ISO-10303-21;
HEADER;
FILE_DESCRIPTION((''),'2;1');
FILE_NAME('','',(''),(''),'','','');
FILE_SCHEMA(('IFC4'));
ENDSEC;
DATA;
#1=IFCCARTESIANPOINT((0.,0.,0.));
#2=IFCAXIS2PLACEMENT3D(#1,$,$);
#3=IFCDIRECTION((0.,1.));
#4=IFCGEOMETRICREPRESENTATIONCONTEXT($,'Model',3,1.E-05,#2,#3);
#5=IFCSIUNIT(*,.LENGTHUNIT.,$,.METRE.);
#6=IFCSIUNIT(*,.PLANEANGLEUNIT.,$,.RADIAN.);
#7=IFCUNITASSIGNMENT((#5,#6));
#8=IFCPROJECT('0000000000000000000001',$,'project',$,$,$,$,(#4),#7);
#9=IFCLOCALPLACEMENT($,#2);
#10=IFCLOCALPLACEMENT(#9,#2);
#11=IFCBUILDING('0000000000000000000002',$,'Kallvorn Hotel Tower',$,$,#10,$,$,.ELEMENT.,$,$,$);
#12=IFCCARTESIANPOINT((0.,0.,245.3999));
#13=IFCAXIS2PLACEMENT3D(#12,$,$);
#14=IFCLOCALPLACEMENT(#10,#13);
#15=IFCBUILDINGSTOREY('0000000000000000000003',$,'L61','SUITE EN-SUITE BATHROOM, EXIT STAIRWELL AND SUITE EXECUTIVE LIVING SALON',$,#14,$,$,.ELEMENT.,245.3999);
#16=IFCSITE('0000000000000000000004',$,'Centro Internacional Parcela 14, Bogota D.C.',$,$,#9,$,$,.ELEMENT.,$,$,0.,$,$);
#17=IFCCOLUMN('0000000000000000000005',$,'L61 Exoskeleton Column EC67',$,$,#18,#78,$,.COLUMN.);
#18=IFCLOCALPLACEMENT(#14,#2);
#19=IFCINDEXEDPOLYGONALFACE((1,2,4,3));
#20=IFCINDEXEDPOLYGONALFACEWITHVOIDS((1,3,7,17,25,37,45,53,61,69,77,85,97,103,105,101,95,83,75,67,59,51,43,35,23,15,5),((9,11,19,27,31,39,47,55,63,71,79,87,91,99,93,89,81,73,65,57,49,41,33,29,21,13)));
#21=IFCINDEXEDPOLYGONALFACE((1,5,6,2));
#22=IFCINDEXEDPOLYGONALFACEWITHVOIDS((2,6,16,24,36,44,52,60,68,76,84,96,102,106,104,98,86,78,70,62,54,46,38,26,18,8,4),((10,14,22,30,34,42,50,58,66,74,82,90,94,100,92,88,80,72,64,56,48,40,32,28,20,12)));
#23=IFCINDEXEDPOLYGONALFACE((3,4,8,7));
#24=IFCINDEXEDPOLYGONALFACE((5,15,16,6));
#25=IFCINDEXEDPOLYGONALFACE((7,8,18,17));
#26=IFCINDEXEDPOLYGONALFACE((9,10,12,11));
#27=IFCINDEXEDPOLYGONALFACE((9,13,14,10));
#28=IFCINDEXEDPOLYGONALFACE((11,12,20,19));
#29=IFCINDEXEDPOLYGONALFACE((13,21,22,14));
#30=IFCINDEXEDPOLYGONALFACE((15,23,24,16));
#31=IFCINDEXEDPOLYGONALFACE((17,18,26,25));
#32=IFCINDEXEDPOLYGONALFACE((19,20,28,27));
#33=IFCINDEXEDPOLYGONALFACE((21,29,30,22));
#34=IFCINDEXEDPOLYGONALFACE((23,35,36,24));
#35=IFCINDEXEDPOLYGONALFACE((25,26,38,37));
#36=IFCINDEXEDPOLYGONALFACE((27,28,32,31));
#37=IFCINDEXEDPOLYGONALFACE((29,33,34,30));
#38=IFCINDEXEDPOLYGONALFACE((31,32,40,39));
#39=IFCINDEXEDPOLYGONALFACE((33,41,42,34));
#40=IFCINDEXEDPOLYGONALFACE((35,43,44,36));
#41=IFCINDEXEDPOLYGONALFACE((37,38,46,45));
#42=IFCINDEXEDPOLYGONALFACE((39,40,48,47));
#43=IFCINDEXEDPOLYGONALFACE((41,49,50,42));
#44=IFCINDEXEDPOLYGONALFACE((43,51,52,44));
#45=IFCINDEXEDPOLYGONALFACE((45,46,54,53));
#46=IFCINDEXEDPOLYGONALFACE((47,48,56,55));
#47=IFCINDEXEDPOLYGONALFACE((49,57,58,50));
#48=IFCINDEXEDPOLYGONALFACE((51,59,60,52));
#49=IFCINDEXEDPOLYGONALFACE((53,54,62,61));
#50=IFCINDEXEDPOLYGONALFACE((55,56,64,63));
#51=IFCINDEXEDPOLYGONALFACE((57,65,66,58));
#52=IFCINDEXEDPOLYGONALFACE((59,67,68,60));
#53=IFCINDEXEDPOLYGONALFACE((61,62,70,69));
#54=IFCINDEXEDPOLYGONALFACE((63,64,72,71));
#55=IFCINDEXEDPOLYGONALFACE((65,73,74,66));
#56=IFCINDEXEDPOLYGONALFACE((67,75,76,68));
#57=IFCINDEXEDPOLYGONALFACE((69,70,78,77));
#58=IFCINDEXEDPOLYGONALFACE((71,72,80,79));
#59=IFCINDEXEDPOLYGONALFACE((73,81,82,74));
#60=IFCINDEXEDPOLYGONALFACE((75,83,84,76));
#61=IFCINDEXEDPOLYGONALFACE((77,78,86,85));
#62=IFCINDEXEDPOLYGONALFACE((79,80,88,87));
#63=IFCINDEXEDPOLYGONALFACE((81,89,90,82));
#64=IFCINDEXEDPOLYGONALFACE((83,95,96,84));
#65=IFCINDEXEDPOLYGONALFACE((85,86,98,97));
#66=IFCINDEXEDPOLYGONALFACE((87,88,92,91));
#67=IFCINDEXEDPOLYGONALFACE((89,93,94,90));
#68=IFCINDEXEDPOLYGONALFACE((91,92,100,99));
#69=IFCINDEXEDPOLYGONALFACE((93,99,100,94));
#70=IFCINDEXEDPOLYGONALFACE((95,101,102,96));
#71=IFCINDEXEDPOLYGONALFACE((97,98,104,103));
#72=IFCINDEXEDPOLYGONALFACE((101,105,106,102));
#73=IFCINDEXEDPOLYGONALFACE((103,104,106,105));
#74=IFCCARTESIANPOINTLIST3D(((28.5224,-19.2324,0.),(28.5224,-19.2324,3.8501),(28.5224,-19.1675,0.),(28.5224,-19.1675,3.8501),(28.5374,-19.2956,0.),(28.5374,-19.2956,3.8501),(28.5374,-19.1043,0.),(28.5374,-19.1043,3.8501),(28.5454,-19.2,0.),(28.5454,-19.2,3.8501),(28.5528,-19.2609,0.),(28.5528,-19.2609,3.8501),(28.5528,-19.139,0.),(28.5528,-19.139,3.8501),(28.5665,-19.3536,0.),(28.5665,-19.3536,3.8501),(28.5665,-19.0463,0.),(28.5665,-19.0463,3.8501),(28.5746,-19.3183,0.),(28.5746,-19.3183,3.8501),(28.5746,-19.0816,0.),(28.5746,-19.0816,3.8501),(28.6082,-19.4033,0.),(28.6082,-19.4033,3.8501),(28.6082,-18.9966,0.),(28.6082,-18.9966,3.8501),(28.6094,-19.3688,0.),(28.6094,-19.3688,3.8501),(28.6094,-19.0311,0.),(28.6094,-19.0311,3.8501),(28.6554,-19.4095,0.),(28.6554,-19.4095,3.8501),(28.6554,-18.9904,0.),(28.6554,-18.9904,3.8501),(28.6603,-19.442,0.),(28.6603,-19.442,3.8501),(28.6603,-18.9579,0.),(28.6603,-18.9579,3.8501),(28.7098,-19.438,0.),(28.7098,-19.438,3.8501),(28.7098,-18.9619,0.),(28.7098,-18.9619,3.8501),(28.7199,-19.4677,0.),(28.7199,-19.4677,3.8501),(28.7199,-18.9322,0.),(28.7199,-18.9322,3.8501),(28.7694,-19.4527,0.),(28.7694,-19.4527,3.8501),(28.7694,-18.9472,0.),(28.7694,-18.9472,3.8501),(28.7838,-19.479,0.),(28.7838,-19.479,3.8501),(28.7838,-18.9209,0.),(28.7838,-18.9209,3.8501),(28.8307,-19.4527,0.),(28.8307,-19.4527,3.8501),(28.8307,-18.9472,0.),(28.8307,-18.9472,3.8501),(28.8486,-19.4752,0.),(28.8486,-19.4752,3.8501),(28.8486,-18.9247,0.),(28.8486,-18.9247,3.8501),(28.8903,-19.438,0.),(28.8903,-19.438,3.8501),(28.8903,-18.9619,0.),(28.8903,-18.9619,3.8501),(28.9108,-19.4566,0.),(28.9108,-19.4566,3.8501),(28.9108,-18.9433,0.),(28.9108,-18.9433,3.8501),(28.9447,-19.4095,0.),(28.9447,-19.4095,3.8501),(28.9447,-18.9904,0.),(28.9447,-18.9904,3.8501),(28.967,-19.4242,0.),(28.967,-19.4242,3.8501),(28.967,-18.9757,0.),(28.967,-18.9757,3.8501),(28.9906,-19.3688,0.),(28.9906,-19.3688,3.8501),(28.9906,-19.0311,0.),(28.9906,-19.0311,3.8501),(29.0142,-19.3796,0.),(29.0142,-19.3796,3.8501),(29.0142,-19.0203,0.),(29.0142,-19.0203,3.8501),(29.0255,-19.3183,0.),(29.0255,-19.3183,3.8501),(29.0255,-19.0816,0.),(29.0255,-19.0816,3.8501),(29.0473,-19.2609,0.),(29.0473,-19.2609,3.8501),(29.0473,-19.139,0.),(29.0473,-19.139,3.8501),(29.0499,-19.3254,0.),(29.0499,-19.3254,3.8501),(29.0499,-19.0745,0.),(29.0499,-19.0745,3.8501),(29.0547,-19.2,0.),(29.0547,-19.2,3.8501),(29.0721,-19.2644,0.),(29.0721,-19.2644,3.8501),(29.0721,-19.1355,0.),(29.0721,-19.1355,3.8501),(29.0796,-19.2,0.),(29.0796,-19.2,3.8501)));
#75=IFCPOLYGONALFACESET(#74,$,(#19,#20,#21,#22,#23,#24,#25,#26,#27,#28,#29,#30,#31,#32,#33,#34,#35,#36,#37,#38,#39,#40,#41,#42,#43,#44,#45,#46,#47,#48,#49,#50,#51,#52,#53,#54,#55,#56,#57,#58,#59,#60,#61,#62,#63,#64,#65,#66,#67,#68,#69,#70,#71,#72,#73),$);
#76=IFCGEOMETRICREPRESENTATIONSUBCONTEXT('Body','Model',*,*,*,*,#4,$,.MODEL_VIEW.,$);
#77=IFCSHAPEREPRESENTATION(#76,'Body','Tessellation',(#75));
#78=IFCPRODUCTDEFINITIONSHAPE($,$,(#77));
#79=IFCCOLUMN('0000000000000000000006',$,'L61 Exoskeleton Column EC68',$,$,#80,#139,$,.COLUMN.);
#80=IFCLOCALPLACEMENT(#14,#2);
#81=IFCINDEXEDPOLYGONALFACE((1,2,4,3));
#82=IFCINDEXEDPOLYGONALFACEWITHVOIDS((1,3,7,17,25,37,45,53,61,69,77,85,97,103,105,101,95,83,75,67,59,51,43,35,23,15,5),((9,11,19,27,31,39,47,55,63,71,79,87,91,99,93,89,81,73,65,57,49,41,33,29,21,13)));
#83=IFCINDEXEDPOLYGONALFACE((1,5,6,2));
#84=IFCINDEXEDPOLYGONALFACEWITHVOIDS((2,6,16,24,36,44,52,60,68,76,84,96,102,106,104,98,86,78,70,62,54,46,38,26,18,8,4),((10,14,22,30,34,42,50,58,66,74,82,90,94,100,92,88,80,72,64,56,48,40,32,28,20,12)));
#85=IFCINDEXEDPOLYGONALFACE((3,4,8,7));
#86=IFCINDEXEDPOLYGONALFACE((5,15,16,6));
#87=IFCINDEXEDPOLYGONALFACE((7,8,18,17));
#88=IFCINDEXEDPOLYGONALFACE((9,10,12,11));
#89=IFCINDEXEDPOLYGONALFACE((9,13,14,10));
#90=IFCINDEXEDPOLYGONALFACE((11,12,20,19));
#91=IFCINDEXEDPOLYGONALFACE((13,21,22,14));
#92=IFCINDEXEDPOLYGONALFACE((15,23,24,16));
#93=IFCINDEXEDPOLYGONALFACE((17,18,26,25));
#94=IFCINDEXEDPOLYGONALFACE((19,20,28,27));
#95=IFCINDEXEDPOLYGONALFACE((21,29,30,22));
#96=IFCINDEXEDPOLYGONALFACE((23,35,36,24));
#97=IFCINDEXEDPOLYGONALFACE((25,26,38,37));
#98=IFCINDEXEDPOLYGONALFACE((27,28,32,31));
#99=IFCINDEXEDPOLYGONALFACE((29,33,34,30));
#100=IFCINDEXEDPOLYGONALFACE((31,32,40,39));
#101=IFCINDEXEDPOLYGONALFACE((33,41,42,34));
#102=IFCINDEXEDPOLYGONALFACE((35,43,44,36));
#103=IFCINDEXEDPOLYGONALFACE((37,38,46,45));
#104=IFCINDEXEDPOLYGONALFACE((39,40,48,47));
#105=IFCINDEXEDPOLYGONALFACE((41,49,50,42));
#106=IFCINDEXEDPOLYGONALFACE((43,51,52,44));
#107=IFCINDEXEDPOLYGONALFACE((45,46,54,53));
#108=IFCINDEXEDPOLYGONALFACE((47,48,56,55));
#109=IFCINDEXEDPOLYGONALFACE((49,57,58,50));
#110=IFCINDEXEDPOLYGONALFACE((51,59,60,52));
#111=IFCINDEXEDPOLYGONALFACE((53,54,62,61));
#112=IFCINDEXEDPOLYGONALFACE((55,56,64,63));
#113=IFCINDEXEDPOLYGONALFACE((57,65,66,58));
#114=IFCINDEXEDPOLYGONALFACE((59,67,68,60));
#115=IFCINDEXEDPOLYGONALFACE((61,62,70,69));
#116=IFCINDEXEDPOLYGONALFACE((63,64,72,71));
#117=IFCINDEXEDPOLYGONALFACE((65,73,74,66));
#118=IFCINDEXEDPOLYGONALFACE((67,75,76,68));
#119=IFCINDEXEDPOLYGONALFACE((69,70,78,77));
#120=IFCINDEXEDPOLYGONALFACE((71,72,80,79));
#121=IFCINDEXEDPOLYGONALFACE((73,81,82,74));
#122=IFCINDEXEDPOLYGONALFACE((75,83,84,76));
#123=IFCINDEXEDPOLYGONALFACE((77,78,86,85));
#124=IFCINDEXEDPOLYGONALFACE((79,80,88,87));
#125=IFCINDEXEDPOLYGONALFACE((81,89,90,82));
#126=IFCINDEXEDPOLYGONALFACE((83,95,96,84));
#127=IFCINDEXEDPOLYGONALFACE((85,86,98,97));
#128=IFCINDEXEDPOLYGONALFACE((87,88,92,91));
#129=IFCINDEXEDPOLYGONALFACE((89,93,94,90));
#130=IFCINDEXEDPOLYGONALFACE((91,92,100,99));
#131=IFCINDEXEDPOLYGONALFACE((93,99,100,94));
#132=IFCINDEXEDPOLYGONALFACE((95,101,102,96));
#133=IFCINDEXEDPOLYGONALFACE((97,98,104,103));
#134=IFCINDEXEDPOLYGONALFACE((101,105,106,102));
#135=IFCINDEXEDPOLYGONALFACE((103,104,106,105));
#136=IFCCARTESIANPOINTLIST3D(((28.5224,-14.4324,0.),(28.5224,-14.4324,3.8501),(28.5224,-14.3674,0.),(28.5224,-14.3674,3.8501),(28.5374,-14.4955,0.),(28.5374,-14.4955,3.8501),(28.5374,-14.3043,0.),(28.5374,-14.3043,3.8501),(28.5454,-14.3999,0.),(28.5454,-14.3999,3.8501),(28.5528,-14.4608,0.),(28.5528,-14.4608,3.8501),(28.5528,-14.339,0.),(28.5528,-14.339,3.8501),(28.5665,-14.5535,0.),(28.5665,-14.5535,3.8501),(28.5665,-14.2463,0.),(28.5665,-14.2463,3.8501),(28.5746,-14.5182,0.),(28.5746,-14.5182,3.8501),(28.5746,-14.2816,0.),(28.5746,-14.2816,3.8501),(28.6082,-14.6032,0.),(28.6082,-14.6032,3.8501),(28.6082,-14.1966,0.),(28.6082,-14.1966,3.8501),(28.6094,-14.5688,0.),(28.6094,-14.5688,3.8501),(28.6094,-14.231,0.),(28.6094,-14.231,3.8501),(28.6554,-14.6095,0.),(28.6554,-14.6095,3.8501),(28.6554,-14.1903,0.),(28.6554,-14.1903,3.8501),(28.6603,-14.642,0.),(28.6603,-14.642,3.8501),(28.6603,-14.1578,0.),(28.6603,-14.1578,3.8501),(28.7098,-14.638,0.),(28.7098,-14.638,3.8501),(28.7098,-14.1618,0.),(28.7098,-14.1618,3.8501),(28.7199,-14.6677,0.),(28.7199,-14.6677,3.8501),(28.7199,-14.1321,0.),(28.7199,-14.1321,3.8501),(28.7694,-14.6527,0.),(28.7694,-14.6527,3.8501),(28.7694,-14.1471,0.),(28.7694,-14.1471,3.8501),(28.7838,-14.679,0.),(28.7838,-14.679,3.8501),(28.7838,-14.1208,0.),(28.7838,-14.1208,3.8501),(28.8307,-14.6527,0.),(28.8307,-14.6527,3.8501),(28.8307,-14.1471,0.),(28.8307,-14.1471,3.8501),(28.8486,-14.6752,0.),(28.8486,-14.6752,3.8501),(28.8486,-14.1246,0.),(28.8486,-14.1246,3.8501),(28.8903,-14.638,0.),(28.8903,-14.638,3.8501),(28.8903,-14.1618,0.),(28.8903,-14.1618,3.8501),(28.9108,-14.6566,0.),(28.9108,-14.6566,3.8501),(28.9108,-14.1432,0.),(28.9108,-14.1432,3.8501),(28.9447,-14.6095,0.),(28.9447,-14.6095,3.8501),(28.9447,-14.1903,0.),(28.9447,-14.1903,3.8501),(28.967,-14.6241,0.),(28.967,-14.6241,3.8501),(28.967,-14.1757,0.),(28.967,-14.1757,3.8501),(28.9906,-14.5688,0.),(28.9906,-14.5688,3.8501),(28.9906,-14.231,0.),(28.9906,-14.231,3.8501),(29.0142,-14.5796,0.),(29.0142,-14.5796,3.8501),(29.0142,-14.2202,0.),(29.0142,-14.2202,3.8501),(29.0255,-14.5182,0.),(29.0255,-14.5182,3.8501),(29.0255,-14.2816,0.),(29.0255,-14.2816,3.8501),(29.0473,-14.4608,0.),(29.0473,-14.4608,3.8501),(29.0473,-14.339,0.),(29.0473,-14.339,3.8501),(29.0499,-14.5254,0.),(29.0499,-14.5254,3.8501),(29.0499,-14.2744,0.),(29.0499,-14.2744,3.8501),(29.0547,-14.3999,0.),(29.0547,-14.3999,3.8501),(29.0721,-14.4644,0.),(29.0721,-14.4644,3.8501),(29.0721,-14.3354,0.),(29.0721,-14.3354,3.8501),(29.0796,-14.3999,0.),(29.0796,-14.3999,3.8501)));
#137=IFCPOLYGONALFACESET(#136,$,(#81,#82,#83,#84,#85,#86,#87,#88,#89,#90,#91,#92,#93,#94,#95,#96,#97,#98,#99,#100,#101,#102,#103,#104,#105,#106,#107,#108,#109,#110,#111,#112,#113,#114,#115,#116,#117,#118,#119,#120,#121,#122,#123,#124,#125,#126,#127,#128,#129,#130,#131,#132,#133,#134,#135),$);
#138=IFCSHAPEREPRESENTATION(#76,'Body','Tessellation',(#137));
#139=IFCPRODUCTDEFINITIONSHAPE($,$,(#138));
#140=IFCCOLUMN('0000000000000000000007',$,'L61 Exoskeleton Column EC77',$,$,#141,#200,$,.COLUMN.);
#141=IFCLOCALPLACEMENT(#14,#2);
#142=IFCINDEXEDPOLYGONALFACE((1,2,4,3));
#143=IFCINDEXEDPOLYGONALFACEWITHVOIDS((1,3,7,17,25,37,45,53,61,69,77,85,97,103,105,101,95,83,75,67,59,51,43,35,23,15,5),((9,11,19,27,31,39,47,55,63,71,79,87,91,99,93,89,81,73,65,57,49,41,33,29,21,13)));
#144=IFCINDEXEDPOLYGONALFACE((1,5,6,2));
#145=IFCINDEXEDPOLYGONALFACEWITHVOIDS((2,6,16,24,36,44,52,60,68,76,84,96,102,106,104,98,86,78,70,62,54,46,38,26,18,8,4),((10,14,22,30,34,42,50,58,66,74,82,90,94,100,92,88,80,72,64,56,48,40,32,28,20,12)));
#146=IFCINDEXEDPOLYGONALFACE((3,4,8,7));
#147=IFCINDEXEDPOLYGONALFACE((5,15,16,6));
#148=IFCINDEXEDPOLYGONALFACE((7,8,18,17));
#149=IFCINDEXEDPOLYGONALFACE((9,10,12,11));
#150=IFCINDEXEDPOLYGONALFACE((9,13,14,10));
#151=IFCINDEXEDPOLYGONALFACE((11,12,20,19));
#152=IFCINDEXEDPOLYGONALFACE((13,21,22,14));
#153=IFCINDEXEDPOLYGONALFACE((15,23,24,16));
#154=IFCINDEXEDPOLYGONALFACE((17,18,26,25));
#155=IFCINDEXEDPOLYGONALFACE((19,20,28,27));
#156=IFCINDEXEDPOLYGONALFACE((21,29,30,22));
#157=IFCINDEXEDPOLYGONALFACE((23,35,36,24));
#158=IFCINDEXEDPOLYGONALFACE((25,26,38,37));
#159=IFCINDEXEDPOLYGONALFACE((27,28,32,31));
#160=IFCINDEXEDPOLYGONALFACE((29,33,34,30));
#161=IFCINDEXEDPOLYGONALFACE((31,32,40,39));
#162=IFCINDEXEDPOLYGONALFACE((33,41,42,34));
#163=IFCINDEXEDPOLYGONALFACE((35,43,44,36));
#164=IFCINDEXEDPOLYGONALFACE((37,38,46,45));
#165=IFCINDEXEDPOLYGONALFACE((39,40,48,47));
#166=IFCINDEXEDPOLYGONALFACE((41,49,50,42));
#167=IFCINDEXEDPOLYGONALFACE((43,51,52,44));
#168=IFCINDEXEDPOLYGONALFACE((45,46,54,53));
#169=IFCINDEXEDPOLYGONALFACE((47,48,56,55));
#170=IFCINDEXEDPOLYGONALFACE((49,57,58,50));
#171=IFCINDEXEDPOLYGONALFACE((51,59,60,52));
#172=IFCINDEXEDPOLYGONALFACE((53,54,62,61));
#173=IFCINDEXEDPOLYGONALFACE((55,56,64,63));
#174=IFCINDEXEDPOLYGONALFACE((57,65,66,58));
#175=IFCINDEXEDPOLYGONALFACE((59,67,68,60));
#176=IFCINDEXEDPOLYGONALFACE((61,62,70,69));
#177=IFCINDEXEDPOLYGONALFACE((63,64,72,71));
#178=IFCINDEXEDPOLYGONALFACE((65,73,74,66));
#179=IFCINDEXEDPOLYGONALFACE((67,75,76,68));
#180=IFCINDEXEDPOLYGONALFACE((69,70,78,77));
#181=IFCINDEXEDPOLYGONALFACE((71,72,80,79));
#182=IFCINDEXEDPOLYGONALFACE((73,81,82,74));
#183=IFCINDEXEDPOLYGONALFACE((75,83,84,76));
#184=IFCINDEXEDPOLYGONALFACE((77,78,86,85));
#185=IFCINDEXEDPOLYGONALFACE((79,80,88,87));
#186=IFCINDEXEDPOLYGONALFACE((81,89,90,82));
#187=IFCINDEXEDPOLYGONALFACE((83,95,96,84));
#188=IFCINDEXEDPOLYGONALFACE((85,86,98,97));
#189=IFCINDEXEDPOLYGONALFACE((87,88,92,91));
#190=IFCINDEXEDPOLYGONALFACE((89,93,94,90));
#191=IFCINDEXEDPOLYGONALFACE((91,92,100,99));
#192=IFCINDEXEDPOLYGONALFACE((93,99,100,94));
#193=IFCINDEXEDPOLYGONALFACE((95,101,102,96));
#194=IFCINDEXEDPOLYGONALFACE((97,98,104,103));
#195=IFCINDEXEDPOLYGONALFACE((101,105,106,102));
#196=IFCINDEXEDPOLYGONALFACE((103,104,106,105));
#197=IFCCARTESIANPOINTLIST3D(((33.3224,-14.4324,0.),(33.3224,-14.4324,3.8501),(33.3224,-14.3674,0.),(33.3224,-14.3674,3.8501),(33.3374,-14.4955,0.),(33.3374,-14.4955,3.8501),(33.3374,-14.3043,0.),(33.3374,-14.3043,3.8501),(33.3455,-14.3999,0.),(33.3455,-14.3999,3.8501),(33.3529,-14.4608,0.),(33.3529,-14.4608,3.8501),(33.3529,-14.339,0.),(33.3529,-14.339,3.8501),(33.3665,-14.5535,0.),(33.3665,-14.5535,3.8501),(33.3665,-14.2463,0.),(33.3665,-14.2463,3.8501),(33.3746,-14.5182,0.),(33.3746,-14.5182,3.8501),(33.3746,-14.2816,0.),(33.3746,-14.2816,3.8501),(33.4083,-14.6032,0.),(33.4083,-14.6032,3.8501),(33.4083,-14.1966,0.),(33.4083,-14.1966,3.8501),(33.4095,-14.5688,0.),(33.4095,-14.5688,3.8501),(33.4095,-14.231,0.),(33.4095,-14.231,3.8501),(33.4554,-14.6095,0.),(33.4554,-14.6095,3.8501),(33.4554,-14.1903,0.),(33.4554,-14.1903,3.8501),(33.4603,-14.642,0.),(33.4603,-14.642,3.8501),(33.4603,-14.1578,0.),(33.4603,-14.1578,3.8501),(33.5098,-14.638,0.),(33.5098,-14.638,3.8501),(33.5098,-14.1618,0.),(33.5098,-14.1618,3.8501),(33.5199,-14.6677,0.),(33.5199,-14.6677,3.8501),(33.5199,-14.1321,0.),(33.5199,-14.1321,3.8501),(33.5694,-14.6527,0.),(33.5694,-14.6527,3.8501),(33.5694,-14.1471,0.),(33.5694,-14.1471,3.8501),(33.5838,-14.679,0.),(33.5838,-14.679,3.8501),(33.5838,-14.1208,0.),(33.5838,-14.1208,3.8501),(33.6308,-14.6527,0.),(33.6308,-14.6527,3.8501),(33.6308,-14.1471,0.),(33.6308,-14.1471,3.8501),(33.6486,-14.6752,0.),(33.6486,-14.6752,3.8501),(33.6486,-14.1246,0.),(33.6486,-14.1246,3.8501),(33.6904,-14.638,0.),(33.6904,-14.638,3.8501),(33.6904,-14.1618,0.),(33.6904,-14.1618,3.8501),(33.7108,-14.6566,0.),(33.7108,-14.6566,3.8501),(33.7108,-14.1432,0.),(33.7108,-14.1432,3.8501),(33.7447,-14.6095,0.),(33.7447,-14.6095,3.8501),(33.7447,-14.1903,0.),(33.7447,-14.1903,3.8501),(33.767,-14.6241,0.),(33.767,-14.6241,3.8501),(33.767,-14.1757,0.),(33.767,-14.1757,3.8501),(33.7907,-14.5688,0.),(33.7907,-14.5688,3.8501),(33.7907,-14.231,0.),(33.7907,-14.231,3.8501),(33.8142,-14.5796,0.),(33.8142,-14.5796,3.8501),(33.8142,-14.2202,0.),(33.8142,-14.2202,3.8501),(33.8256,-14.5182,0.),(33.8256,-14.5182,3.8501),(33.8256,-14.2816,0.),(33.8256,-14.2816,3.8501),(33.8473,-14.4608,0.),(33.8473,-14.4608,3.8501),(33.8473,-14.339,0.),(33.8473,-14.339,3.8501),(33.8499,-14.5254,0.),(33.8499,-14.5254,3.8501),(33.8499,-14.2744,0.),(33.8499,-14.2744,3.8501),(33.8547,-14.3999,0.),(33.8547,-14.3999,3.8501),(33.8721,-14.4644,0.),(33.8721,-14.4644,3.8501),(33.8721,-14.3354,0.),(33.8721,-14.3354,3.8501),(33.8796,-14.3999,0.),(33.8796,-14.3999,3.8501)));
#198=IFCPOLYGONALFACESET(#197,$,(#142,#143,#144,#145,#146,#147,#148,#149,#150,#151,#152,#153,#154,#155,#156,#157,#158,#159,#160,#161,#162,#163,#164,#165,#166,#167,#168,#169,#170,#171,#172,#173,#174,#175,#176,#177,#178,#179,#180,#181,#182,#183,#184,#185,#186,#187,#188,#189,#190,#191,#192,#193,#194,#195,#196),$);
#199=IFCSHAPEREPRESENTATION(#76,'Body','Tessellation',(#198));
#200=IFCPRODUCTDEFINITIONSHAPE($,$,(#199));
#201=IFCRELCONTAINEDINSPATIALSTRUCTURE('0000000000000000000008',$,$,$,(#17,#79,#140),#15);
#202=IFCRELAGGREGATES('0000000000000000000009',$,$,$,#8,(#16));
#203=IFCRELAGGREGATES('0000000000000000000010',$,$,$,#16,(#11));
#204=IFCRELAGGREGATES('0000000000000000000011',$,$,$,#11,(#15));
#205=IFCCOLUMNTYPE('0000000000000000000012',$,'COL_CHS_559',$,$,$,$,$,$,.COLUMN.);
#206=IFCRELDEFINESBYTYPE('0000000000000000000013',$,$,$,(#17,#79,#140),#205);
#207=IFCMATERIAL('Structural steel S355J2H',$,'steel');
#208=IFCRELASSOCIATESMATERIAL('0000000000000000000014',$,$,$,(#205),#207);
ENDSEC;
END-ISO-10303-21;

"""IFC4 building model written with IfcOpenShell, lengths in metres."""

from ifc_helpers import new_model, si_unit, direction, frame, origin, origin_2d, place, context, subcontext, project, spatial, hollow_circle, extrude, material, material_profile, profile_set, type_object, element, save


model = new_model("IFC4")

# Units and contexts
model_context = context("Model", 3, precision=1e-05, world=origin(), true_north=direction((0.0, 1.0)))
body_context = subcontext(model_context, "Body", "Model", "MODEL_VIEW")
ifc_project = project(units=[si_unit("LENGTHUNIT", "METRE"), si_unit("PLANEANGLEUNIT", "RADIAN")], contexts=[model_context])

# Site, building, storey
site_placement = place(None, origin())
site = spatial("IfcSite", under=ifc_project, at=site_placement, Name="Centro Internacional Parcela 14, Bogota D.C.", CompositionType="ELEMENT", RefElevation=0.0)
building_placement = place(site_placement, origin())
building = spatial("IfcBuilding", under=site, at=building_placement, Name="Kallvorn Hotel Tower", CompositionType="ELEMENT")
storey_placement = place(building_placement, frame((0.0, 0.0, 245.3999)))
storey = spatial("IfcBuildingStorey", under=building, at=storey_placement, Name="L61", Description="SUITE EN-SUITE BATHROOM, EXIT STAIRWELL AND SUITE EXECUTIVE LIVING SALON", CompositionType="ELEMENT", Elevation=245.3999)

# Columns
ifc_material_1 = material(Name="Structural steel S355J2H", Category="steel")
ifc_material_profile_1 = material_profile(ifc_material_1, hollow_circle(Radius=0.2795, WallThickness=0.0249, at=origin_2d()), Name="CHS 559x25")
ifc_profile_set_1 = profile_set([ifc_material_profile_1], Name="Structural steel S355J2H")
column_type_1 = type_object("IfcColumnType", Name="COL_CHS_559", PredefinedType="COLUMN", material=ifc_profile_set_1)
for number, where, z_axis, x_axis, name in (
    (1, (28.8, -19.2, 0.0), (0.0, 0.0, 1.0), (1.0, 0.0, 0.0), "L61 Exoskeleton Column EC67"),
    (2, (28.8, -14.3999, 0.0), (0.0, 0.0, 1.0), (1.0, 0.0, 0.0), "L61 Exoskeleton Column EC68"),
    (3, (33.6001, -14.3999, 0.0), (0.0, 0.0, 1.0), (1.0, 0.0, 0.0), "L61 Exoskeleton Column EC77"),
):
    element("IfcColumn", number, at=place(storey_placement, frame(where, z_axis=z_axis, x_axis=x_axis)), inside=storey, type_object=column_type_1, Name=name, PredefinedType="COLUMN", context=body_context, shape_type="SweptSolid", body=[
        extrude(hollow_circle(Radius=0.2795, WallThickness=0.0249, at=origin_2d()), origin(), (0.0, 0.0, 1.0), 3.8501),
    ])

save(model, "model.ifc")
